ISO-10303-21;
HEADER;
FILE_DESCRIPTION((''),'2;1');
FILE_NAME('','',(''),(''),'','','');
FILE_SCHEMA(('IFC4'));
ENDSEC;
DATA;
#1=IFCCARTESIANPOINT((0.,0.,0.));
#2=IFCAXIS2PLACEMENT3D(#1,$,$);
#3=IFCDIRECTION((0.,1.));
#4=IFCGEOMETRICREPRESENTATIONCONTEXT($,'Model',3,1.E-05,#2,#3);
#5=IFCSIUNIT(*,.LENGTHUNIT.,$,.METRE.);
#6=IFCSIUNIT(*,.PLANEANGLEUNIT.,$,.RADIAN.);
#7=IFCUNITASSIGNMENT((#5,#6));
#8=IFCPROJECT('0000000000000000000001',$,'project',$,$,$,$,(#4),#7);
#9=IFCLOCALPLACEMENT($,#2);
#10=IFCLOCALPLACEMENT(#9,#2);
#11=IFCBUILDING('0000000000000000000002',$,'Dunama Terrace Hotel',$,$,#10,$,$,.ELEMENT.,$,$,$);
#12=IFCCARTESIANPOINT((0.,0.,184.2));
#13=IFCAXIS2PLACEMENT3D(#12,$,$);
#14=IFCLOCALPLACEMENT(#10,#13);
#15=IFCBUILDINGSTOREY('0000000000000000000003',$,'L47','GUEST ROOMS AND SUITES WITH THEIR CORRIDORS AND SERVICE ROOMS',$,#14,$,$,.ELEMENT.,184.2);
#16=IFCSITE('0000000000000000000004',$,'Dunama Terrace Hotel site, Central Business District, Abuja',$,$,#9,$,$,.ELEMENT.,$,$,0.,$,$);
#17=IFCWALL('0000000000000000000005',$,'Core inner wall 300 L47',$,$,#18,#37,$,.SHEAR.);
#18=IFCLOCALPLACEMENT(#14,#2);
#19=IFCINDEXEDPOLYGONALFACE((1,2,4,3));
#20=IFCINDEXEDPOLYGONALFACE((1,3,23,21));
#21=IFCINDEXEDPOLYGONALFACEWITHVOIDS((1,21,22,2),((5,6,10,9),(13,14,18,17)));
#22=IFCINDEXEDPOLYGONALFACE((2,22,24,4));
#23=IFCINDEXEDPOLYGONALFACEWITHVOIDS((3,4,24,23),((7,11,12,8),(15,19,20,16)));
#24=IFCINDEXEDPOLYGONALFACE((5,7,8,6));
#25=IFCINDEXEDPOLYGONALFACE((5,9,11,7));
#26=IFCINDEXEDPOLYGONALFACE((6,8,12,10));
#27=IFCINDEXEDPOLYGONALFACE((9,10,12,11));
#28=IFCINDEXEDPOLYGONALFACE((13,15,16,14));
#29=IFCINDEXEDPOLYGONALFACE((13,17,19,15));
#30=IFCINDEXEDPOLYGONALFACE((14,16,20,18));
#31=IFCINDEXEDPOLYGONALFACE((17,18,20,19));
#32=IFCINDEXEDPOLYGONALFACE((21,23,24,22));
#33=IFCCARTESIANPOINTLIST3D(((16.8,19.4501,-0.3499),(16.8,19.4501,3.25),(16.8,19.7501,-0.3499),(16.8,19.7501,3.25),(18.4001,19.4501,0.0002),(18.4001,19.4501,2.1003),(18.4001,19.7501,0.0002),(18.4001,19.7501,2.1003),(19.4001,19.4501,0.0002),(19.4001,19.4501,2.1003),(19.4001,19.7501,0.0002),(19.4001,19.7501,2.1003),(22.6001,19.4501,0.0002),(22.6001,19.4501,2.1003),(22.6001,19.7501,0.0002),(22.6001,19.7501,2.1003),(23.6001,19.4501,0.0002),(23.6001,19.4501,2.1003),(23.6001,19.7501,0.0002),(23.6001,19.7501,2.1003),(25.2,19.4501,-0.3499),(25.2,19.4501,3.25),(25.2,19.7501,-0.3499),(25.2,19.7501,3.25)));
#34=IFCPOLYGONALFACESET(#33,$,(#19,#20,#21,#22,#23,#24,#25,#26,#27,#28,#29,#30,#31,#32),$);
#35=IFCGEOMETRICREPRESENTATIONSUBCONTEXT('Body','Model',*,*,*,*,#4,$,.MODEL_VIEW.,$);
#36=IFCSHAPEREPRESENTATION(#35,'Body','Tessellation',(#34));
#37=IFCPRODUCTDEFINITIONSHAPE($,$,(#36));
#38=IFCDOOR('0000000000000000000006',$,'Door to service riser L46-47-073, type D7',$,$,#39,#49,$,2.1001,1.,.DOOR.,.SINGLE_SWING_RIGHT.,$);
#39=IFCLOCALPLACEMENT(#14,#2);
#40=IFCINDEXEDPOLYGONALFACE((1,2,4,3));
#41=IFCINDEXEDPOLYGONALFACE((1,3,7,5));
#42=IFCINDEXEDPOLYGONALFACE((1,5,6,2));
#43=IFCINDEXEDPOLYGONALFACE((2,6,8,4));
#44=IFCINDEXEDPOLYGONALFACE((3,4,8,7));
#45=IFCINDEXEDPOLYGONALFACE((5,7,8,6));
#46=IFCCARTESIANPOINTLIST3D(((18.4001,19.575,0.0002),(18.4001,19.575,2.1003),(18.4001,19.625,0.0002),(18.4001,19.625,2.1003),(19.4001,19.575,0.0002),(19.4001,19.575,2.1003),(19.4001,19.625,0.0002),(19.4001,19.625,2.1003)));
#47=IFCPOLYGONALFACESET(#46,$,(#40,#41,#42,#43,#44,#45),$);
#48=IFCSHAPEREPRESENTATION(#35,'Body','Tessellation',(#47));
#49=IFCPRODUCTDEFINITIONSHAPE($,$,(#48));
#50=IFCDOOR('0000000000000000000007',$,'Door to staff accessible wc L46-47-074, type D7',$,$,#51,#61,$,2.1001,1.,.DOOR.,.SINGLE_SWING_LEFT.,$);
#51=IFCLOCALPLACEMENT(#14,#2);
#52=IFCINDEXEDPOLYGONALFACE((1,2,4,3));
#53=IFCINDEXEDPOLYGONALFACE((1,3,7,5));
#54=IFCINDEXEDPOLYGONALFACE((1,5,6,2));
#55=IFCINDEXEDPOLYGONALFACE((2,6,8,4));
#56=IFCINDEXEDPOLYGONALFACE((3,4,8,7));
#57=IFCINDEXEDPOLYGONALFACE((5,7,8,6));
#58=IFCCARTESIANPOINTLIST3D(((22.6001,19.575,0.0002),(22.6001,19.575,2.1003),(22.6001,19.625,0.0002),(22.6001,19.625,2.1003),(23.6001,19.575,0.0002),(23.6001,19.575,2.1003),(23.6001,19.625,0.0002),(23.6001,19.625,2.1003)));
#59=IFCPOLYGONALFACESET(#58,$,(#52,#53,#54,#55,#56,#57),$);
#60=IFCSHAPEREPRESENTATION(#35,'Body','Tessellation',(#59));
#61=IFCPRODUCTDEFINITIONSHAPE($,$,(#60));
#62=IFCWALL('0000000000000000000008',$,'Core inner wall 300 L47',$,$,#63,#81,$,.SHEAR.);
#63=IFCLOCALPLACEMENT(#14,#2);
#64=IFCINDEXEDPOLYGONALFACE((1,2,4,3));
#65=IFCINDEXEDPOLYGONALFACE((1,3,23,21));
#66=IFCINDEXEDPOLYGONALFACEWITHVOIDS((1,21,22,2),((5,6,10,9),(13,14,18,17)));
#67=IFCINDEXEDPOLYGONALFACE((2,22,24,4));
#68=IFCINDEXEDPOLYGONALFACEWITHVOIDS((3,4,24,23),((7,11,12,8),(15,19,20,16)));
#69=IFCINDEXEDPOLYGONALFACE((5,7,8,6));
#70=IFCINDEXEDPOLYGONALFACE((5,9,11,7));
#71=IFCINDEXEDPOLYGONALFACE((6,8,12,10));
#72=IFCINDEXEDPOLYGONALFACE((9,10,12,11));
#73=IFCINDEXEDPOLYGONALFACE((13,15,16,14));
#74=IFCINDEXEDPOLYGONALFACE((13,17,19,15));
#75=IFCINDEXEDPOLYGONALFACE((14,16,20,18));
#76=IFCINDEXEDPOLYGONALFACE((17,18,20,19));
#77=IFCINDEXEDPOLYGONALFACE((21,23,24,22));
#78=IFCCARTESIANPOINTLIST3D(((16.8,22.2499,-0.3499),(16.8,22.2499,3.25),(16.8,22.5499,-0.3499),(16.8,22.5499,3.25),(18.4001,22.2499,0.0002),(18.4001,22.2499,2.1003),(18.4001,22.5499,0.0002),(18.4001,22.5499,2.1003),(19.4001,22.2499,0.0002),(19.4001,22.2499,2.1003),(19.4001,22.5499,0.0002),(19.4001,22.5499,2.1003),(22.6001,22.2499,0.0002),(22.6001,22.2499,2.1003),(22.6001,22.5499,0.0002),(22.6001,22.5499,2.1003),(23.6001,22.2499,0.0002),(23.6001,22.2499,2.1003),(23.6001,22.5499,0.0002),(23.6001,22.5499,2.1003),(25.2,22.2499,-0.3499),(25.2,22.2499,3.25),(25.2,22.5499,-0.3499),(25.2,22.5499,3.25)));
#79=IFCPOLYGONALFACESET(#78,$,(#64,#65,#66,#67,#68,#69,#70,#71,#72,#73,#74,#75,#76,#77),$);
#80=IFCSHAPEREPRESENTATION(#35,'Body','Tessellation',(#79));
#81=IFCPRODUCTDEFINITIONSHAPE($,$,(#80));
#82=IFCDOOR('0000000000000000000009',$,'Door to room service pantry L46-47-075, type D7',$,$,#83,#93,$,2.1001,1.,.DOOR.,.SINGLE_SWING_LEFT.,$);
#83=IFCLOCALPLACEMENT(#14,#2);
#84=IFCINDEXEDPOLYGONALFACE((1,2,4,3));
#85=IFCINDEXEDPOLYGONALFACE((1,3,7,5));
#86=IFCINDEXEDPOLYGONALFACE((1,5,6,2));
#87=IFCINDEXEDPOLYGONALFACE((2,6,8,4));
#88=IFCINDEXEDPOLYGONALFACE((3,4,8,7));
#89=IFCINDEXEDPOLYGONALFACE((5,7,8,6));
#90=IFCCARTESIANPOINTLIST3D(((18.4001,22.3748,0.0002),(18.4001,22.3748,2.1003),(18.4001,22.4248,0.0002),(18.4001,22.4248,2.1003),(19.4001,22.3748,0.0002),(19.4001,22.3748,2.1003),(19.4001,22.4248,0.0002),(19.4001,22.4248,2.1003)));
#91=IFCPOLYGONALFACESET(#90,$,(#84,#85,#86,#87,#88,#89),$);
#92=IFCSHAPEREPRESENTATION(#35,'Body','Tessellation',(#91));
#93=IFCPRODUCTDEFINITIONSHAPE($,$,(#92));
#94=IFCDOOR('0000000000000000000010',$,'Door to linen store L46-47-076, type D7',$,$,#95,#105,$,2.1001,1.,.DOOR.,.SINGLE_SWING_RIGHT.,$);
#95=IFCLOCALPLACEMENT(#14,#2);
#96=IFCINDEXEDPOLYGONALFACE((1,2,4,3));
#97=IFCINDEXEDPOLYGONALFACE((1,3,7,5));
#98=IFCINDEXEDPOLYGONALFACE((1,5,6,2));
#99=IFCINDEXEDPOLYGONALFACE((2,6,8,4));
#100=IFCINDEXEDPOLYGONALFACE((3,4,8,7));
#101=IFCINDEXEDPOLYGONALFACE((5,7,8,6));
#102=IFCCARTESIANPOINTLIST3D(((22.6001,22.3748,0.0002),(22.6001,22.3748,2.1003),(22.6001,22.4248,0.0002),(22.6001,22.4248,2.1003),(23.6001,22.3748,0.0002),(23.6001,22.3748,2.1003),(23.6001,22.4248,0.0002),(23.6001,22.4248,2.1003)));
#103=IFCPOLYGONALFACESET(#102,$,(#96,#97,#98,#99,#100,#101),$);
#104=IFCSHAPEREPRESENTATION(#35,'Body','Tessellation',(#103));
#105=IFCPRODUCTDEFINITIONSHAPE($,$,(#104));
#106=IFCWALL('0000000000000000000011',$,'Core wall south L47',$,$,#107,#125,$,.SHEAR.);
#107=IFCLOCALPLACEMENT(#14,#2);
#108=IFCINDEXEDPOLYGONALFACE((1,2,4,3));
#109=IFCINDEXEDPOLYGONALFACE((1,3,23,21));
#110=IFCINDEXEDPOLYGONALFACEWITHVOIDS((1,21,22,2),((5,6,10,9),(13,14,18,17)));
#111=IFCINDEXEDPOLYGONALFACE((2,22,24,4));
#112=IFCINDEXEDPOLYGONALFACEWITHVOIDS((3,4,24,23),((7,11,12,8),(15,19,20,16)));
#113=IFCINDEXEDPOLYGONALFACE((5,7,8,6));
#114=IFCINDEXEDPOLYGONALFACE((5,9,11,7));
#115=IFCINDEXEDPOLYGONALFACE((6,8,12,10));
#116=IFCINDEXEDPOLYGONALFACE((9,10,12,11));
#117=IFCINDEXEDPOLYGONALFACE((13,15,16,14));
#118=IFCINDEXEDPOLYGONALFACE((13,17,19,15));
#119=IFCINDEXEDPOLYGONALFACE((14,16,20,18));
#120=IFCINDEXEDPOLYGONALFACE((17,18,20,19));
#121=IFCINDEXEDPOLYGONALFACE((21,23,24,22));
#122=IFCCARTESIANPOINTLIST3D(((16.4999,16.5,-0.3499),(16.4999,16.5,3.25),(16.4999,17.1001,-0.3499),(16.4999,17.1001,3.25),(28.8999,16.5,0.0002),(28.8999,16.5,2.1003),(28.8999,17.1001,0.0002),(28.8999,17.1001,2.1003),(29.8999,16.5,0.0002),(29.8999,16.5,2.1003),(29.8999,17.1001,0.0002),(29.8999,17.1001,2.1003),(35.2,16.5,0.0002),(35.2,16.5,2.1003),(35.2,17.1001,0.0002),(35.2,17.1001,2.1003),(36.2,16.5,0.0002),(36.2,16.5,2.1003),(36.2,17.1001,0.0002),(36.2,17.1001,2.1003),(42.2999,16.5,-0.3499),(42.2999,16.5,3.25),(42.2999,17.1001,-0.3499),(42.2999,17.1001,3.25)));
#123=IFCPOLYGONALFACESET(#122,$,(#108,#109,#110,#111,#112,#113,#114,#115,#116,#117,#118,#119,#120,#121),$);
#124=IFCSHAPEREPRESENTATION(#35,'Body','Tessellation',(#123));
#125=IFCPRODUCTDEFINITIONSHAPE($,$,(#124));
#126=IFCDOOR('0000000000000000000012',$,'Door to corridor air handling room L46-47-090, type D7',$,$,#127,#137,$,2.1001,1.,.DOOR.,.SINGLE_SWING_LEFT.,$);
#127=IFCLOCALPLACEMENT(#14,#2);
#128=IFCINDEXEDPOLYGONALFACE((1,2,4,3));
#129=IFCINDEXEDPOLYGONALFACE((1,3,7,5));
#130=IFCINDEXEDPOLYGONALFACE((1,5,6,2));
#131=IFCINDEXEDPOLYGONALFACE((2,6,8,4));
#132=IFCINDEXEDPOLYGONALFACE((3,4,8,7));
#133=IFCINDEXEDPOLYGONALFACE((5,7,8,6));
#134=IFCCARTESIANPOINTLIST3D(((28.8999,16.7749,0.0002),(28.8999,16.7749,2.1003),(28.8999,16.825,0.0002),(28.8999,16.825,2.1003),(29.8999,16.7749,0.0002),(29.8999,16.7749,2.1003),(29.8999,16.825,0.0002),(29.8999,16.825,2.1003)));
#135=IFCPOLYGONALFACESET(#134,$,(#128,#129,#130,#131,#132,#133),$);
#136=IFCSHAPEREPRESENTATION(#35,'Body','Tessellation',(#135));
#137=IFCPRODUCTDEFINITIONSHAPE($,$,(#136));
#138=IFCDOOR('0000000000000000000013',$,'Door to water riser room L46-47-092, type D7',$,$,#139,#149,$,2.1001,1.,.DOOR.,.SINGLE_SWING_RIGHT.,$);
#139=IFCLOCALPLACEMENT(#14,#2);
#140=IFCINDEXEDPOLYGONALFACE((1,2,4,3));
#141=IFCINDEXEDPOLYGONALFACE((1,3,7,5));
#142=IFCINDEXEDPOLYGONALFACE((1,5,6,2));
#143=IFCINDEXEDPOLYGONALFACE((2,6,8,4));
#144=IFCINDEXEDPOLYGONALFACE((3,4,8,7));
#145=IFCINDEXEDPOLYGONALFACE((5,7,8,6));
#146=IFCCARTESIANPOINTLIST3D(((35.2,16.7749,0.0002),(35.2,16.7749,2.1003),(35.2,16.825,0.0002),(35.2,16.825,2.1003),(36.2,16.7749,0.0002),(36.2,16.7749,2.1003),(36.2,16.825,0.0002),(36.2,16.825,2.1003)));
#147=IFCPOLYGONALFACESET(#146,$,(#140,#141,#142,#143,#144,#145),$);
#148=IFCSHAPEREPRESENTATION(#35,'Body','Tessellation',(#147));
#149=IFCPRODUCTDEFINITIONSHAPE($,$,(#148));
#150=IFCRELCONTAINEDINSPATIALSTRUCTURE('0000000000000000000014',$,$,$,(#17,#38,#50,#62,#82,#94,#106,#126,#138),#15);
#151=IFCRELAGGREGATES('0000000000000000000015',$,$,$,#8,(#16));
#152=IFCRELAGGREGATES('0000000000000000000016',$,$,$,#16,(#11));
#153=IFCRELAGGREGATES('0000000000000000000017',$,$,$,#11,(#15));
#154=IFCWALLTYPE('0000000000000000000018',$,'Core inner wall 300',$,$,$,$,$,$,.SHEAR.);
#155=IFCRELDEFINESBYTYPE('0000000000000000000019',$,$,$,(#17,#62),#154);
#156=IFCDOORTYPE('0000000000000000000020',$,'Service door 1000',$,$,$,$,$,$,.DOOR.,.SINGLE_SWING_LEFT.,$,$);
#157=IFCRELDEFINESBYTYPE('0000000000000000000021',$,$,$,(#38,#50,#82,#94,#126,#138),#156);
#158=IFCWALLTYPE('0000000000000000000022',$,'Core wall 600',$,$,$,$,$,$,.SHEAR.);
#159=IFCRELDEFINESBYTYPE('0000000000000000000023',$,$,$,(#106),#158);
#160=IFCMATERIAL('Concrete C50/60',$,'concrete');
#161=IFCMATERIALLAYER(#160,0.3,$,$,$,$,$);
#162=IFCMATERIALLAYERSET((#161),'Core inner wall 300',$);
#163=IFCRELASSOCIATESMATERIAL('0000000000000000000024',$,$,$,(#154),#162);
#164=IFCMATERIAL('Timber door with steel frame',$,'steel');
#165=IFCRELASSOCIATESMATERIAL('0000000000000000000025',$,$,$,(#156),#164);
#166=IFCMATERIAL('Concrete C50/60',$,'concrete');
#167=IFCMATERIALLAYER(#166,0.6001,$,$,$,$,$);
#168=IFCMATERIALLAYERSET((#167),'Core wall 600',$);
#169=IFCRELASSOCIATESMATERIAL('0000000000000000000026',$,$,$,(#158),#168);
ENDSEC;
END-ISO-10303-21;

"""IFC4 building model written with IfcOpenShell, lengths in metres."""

from ifc_helpers import new_model, si_unit, direction, frame, frame_2d, origin, place, context, subcontext, project, spatial, rectangle, extrude, material, layer, layer_set, type_object, element, fill, save


model = new_model("IFC4")

# Units and contexts
model_context = context("Model", 3, precision=1e-05, world=origin(), true_north=direction((0.0, 1.0)))
body_context = subcontext(model_context, "Body", "Model", "MODEL_VIEW")
ifc_project = project(units=[si_unit("LENGTHUNIT", "METRE"), si_unit("PLANEANGLEUNIT", "RADIAN")], contexts=[model_context])

# Site, building, storey
site_placement = place(None, origin())
site = spatial("IfcSite", under=ifc_project, at=site_placement, Name="Dunama Terrace Hotel site, Central Business District, Abuja", CompositionType="ELEMENT", RefElevation=0.0)
building_placement = place(site_placement, origin())
building = spatial("IfcBuilding", under=site, at=building_placement, Name="Dunama Terrace Hotel", CompositionType="ELEMENT")
storey_placement = place(building_placement, frame((0.0, 0.0, 184.2)))
storey = spatial("IfcBuildingStorey", under=building, at=storey_placement, Name="L47", Description="GUEST ROOMS AND SUITES WITH THEIR CORRIDORS AND SERVICE ROOMS", CompositionType="ELEMENT", Elevation=184.2)

# Walls, openings, doors
ifc_material_1 = material(Name="Concrete C50/60", Category="concrete")
ifc_layer_1 = layer(ifc_material_1, 0.3)
ifc_layer_set_1 = layer_set([ifc_layer_1], Name="Core inner wall 300")
wall_type_1 = type_object("IfcWallType", Name="Core inner wall 300", PredefinedType="SHEAR", material=ifc_layer_set_1)
wall_1_placement = place(storey_placement, frame((16.8, 19.6001, -0.3499), z_axis=(0.0, 0.0, 1.0), x_axis=(1.0, 0.0, 0.0)))
wall_1 = element("IfcWall", 1, at=wall_1_placement, inside=storey, type_object=wall_type_1, Name="Core inner wall 300 L47", PredefinedType="SHEAR", context=body_context, shape_type="SweptSolid", body=[
    extrude(rectangle(XDim=8.3999, YDim=0.3, at=frame_2d((4.2, 0.0))), origin(), (0.0, 0.0, 1.0), 3.5999),
])
opening_1_placement = place(wall_1_placement, frame((1.6001, 0.0, 0.3501)))
opening_1 = element("IfcOpeningElement", 2, at=opening_1_placement, cuts=wall_1, PredefinedType="OPENING", context=body_context, shape_type="SweptSolid", body=[
    extrude(rectangle(XDim=1.0, YDim=2.1001, at=frame_2d((0.5, 1.05))), frame((0.0, 0.1599, 0.0), z_axis=(0.0, -1.0, 0.0), x_axis=(1.0, 0.0, 0.0)), (0.0, 0.0, 1.0), 0.3201),
])
opening_2_placement = place(wall_1_placement, frame((5.8, 0.0, 0.3501)))
opening_2 = element("IfcOpeningElement", 3, at=opening_2_placement, cuts=wall_1, PredefinedType="OPENING", context=body_context, shape_type="SweptSolid", body=[
    extrude(rectangle(XDim=1.0, YDim=2.1001, at=frame_2d((0.5, 1.05))), frame((0.0, 0.1599, 0.0), z_axis=(0.0, -1.0, 0.0), x_axis=(1.0, 0.0, 0.0)), (0.0, 0.0, 1.0), 0.3201),
])
ifc_material_2 = material(Name="Timber door with steel frame", Category="steel")
door_type_1 = type_object("IfcDoorType", Name="Service door 1000", OperationType="SINGLE_SWING_LEFT", PredefinedType="DOOR", material=ifc_material_2)
door_1_placement = place(opening_1_placement, frame((1.0, 0.0, 0.0), z_axis=(0.0, 0.0, 1.0), x_axis=(-1.0, 0.0, 0.0)))
door_1 = element("IfcDoor", 4, at=door_1_placement, inside=storey, type_object=door_type_1, Name="Door to service riser L46-47-073, type D7", OperationType="SINGLE_SWING_RIGHT", OverallHeight=2.1001, OverallWidth=1.0, PredefinedType="DOOR", context=body_context, shape_type="SweptSolid", body=[
    extrude(rectangle(XDim=1.0, YDim=2.1001, at=frame_2d((0.5, 1.05))), frame((0.0, 0.0251, 0.0), z_axis=(0.0, -1.0, 0.0), x_axis=(1.0, 0.0, 0.0)), (0.0, 0.0, 1.0), 0.05),
])
fill(opening_1, door_1)
door_2_placement = place(opening_2_placement, frame((1.0, 0.0, 0.0), z_axis=(0.0, 0.0, 1.0), x_axis=(-1.0, 0.0, 0.0)))
door_2 = element("IfcDoor", 5, at=door_2_placement, inside=storey, type_object=door_type_1, Name="Door to staff accessible wc L46-47-074, type D7", OperationType="SINGLE_SWING_LEFT", OverallHeight=2.1001, OverallWidth=1.0, PredefinedType="DOOR", context=body_context, shape_type="SweptSolid", body=[
    extrude(rectangle(XDim=1.0, YDim=2.1001, at=frame_2d((0.5, 1.05))), frame((0.0, 0.0251, 0.0), z_axis=(0.0, -1.0, 0.0), x_axis=(1.0, 0.0, 0.0)), (0.0, 0.0, 1.0), 0.05),
])
fill(opening_2, door_2)
wall_2_placement = place(storey_placement, frame((16.8, 22.3999, -0.3499), z_axis=(0.0, 0.0, 1.0), x_axis=(1.0, 0.0, 0.0)))
wall_2 = element("IfcWall", 6, at=wall_2_placement, inside=storey, type_object=wall_type_1, Name="Core inner wall 300 L47", PredefinedType="SHEAR", context=body_context, shape_type="SweptSolid", body=[
    extrude(rectangle(XDim=8.3999, YDim=0.3, at=frame_2d((4.2, 0.0))), origin(), (0.0, 0.0, 1.0), 3.5999),
])
opening_3_placement = place(wall_2_placement, frame((1.6001, 0.0, 0.3501)))
opening_3 = element("IfcOpeningElement", 7, at=opening_3_placement, cuts=wall_2, PredefinedType="OPENING", context=body_context, shape_type="SweptSolid", body=[
    extrude(rectangle(XDim=1.0, YDim=2.1001, at=frame_2d((0.5, 1.05))), frame((0.0, 0.1599, 0.0), z_axis=(0.0, -1.0, 0.0), x_axis=(1.0, 0.0, 0.0)), (0.0, 0.0, 1.0), 0.3201),
])
opening_4_placement = place(wall_2_placement, frame((5.8, 0.0, 0.3501)))
opening_4 = element("IfcOpeningElement", 8, at=opening_4_placement, cuts=wall_2, PredefinedType="OPENING", context=body_context, shape_type="SweptSolid", body=[
    extrude(rectangle(XDim=1.0, YDim=2.1001, at=frame_2d((0.5, 1.05))), frame((0.0, 0.1599, 0.0), z_axis=(0.0, -1.0, 0.0), x_axis=(1.0, 0.0, 0.0)), (0.0, 0.0, 1.0), 0.3201),
])
door_3_placement = place(opening_3_placement, origin())
door_3 = element("IfcDoor", 9, at=door_3_placement, inside=storey, type_object=door_type_1, Name="Door to room service pantry L46-47-075, type D7", OperationType="SINGLE_SWING_LEFT", OverallHeight=2.1001, OverallWidth=1.0, PredefinedType="DOOR", context=body_context, shape_type="SweptSolid", body=[
    extrude(rectangle(XDim=1.0, YDim=2.1001, at=frame_2d((0.5, 1.05))), frame((0.0, 0.0249, 0.0), z_axis=(0.0, -1.0, 0.0), x_axis=(1.0, 0.0, 0.0)), (0.0, 0.0, 1.0), 0.05),
])
fill(opening_3, door_3)
door_4_placement = place(opening_4_placement, origin())
door_4 = element("IfcDoor", 10, at=door_4_placement, inside=storey, type_object=door_type_1, Name="Door to linen store L46-47-076, type D7", OperationType="SINGLE_SWING_RIGHT", OverallHeight=2.1001, OverallWidth=1.0, PredefinedType="DOOR", context=body_context, shape_type="SweptSolid", body=[
    extrude(rectangle(XDim=1.0, YDim=2.1001, at=frame_2d((0.5, 1.05))), frame((0.0, 0.0249, 0.0), z_axis=(0.0, -1.0, 0.0), x_axis=(1.0, 0.0, 0.0)), (0.0, 0.0, 1.0), 0.05),
])
fill(opening_4, door_4)
ifc_material_3 = material(Name="Concrete C50/60", Category="concrete")
ifc_layer_2 = layer(ifc_material_3, 0.6001)
ifc_layer_set_2 = layer_set([ifc_layer_2], Name="Core wall 600")
wall_type_2 = type_object("IfcWallType", Name="Core wall 600", PredefinedType="SHEAR", material=ifc_layer_set_2)
wall_3_placement = place(storey_placement, frame((16.5, 16.8, -0.3499), z_axis=(0.0, 0.0, 1.0), x_axis=(1.0, 0.0, 0.0)))
wall_3 = element("IfcWall", 11, at=wall_3_placement, inside=storey, type_object=wall_type_2, Name="Core wall south L47", PredefinedType="SHEAR", context=body_context, shape_type="SweptSolid", body=[
    extrude(rectangle(XDim=25.8, YDim=0.6001, at=frame_2d((12.8999, 0.0))), origin(), (0.0, 0.0, 1.0), 3.5999),
])
opening_5_placement = place(wall_3_placement, frame((12.3999, 0.0, 0.3501)))
opening_5 = element("IfcOpeningElement", 12, at=opening_5_placement, cuts=wall_3, PredefinedType="OPENING", context=body_context, shape_type="SweptSolid", body=[
    extrude(rectangle(XDim=1.0, YDim=2.1001, at=frame_2d((0.5, 1.05))), frame((0.0, 0.3101, 0.0), z_axis=(0.0, -1.0, 0.0), x_axis=(1.0, 0.0, 0.0)), (0.0, 0.0, 1.0), 0.6201),
])
opening_6_placement = place(wall_3_placement, frame((18.7, 0.0, 0.3501)))
opening_6 = element("IfcOpeningElement", 13, at=opening_6_placement, cuts=wall_3, PredefinedType="OPENING", context=body_context, shape_type="SweptSolid", body=[
    extrude(rectangle(XDim=1.0, YDim=2.1001, at=frame_2d((0.5, 1.05))), frame((0.0, 0.3101, 0.0), z_axis=(0.0, -1.0, 0.0), x_axis=(1.0, 0.0, 0.0)), (0.0, 0.0, 1.0), 0.6201),
])
door_5_placement = place(opening_5_placement, origin())
door_5 = element("IfcDoor", 14, at=door_5_placement, inside=storey, type_object=door_type_1, Name="Door to corridor air handling room L46-47-090, type D7", OperationType="SINGLE_SWING_LEFT", OverallHeight=2.1001, OverallWidth=1.0, PredefinedType="DOOR", context=body_context, shape_type="SweptSolid", body=[
    extrude(rectangle(XDim=1.0, YDim=2.1001, at=frame_2d((0.5, 1.05))), frame((0.0, 0.0249, 0.0), z_axis=(0.0, -1.0, 0.0), x_axis=(1.0, 0.0, 0.0)), (0.0, 0.0, 1.0), 0.05),
])
fill(opening_5, door_5)
door_6_placement = place(opening_6_placement, origin())
door_6 = element("IfcDoor", 15, at=door_6_placement, inside=storey, type_object=door_type_1, Name="Door to water riser room L46-47-092, type D7", OperationType="SINGLE_SWING_RIGHT", OverallHeight=2.1001, OverallWidth=1.0, PredefinedType="DOOR", context=body_context, shape_type="SweptSolid", body=[
    extrude(rectangle(XDim=1.0, YDim=2.1001, at=frame_2d((0.5, 1.05))), frame((0.0, 0.0249, 0.0), z_axis=(0.0, -1.0, 0.0), x_axis=(1.0, 0.0, 0.0)), (0.0, 0.0, 1.0), 0.05),
])
fill(opening_6, door_6)

save(model, "model.ifc")
